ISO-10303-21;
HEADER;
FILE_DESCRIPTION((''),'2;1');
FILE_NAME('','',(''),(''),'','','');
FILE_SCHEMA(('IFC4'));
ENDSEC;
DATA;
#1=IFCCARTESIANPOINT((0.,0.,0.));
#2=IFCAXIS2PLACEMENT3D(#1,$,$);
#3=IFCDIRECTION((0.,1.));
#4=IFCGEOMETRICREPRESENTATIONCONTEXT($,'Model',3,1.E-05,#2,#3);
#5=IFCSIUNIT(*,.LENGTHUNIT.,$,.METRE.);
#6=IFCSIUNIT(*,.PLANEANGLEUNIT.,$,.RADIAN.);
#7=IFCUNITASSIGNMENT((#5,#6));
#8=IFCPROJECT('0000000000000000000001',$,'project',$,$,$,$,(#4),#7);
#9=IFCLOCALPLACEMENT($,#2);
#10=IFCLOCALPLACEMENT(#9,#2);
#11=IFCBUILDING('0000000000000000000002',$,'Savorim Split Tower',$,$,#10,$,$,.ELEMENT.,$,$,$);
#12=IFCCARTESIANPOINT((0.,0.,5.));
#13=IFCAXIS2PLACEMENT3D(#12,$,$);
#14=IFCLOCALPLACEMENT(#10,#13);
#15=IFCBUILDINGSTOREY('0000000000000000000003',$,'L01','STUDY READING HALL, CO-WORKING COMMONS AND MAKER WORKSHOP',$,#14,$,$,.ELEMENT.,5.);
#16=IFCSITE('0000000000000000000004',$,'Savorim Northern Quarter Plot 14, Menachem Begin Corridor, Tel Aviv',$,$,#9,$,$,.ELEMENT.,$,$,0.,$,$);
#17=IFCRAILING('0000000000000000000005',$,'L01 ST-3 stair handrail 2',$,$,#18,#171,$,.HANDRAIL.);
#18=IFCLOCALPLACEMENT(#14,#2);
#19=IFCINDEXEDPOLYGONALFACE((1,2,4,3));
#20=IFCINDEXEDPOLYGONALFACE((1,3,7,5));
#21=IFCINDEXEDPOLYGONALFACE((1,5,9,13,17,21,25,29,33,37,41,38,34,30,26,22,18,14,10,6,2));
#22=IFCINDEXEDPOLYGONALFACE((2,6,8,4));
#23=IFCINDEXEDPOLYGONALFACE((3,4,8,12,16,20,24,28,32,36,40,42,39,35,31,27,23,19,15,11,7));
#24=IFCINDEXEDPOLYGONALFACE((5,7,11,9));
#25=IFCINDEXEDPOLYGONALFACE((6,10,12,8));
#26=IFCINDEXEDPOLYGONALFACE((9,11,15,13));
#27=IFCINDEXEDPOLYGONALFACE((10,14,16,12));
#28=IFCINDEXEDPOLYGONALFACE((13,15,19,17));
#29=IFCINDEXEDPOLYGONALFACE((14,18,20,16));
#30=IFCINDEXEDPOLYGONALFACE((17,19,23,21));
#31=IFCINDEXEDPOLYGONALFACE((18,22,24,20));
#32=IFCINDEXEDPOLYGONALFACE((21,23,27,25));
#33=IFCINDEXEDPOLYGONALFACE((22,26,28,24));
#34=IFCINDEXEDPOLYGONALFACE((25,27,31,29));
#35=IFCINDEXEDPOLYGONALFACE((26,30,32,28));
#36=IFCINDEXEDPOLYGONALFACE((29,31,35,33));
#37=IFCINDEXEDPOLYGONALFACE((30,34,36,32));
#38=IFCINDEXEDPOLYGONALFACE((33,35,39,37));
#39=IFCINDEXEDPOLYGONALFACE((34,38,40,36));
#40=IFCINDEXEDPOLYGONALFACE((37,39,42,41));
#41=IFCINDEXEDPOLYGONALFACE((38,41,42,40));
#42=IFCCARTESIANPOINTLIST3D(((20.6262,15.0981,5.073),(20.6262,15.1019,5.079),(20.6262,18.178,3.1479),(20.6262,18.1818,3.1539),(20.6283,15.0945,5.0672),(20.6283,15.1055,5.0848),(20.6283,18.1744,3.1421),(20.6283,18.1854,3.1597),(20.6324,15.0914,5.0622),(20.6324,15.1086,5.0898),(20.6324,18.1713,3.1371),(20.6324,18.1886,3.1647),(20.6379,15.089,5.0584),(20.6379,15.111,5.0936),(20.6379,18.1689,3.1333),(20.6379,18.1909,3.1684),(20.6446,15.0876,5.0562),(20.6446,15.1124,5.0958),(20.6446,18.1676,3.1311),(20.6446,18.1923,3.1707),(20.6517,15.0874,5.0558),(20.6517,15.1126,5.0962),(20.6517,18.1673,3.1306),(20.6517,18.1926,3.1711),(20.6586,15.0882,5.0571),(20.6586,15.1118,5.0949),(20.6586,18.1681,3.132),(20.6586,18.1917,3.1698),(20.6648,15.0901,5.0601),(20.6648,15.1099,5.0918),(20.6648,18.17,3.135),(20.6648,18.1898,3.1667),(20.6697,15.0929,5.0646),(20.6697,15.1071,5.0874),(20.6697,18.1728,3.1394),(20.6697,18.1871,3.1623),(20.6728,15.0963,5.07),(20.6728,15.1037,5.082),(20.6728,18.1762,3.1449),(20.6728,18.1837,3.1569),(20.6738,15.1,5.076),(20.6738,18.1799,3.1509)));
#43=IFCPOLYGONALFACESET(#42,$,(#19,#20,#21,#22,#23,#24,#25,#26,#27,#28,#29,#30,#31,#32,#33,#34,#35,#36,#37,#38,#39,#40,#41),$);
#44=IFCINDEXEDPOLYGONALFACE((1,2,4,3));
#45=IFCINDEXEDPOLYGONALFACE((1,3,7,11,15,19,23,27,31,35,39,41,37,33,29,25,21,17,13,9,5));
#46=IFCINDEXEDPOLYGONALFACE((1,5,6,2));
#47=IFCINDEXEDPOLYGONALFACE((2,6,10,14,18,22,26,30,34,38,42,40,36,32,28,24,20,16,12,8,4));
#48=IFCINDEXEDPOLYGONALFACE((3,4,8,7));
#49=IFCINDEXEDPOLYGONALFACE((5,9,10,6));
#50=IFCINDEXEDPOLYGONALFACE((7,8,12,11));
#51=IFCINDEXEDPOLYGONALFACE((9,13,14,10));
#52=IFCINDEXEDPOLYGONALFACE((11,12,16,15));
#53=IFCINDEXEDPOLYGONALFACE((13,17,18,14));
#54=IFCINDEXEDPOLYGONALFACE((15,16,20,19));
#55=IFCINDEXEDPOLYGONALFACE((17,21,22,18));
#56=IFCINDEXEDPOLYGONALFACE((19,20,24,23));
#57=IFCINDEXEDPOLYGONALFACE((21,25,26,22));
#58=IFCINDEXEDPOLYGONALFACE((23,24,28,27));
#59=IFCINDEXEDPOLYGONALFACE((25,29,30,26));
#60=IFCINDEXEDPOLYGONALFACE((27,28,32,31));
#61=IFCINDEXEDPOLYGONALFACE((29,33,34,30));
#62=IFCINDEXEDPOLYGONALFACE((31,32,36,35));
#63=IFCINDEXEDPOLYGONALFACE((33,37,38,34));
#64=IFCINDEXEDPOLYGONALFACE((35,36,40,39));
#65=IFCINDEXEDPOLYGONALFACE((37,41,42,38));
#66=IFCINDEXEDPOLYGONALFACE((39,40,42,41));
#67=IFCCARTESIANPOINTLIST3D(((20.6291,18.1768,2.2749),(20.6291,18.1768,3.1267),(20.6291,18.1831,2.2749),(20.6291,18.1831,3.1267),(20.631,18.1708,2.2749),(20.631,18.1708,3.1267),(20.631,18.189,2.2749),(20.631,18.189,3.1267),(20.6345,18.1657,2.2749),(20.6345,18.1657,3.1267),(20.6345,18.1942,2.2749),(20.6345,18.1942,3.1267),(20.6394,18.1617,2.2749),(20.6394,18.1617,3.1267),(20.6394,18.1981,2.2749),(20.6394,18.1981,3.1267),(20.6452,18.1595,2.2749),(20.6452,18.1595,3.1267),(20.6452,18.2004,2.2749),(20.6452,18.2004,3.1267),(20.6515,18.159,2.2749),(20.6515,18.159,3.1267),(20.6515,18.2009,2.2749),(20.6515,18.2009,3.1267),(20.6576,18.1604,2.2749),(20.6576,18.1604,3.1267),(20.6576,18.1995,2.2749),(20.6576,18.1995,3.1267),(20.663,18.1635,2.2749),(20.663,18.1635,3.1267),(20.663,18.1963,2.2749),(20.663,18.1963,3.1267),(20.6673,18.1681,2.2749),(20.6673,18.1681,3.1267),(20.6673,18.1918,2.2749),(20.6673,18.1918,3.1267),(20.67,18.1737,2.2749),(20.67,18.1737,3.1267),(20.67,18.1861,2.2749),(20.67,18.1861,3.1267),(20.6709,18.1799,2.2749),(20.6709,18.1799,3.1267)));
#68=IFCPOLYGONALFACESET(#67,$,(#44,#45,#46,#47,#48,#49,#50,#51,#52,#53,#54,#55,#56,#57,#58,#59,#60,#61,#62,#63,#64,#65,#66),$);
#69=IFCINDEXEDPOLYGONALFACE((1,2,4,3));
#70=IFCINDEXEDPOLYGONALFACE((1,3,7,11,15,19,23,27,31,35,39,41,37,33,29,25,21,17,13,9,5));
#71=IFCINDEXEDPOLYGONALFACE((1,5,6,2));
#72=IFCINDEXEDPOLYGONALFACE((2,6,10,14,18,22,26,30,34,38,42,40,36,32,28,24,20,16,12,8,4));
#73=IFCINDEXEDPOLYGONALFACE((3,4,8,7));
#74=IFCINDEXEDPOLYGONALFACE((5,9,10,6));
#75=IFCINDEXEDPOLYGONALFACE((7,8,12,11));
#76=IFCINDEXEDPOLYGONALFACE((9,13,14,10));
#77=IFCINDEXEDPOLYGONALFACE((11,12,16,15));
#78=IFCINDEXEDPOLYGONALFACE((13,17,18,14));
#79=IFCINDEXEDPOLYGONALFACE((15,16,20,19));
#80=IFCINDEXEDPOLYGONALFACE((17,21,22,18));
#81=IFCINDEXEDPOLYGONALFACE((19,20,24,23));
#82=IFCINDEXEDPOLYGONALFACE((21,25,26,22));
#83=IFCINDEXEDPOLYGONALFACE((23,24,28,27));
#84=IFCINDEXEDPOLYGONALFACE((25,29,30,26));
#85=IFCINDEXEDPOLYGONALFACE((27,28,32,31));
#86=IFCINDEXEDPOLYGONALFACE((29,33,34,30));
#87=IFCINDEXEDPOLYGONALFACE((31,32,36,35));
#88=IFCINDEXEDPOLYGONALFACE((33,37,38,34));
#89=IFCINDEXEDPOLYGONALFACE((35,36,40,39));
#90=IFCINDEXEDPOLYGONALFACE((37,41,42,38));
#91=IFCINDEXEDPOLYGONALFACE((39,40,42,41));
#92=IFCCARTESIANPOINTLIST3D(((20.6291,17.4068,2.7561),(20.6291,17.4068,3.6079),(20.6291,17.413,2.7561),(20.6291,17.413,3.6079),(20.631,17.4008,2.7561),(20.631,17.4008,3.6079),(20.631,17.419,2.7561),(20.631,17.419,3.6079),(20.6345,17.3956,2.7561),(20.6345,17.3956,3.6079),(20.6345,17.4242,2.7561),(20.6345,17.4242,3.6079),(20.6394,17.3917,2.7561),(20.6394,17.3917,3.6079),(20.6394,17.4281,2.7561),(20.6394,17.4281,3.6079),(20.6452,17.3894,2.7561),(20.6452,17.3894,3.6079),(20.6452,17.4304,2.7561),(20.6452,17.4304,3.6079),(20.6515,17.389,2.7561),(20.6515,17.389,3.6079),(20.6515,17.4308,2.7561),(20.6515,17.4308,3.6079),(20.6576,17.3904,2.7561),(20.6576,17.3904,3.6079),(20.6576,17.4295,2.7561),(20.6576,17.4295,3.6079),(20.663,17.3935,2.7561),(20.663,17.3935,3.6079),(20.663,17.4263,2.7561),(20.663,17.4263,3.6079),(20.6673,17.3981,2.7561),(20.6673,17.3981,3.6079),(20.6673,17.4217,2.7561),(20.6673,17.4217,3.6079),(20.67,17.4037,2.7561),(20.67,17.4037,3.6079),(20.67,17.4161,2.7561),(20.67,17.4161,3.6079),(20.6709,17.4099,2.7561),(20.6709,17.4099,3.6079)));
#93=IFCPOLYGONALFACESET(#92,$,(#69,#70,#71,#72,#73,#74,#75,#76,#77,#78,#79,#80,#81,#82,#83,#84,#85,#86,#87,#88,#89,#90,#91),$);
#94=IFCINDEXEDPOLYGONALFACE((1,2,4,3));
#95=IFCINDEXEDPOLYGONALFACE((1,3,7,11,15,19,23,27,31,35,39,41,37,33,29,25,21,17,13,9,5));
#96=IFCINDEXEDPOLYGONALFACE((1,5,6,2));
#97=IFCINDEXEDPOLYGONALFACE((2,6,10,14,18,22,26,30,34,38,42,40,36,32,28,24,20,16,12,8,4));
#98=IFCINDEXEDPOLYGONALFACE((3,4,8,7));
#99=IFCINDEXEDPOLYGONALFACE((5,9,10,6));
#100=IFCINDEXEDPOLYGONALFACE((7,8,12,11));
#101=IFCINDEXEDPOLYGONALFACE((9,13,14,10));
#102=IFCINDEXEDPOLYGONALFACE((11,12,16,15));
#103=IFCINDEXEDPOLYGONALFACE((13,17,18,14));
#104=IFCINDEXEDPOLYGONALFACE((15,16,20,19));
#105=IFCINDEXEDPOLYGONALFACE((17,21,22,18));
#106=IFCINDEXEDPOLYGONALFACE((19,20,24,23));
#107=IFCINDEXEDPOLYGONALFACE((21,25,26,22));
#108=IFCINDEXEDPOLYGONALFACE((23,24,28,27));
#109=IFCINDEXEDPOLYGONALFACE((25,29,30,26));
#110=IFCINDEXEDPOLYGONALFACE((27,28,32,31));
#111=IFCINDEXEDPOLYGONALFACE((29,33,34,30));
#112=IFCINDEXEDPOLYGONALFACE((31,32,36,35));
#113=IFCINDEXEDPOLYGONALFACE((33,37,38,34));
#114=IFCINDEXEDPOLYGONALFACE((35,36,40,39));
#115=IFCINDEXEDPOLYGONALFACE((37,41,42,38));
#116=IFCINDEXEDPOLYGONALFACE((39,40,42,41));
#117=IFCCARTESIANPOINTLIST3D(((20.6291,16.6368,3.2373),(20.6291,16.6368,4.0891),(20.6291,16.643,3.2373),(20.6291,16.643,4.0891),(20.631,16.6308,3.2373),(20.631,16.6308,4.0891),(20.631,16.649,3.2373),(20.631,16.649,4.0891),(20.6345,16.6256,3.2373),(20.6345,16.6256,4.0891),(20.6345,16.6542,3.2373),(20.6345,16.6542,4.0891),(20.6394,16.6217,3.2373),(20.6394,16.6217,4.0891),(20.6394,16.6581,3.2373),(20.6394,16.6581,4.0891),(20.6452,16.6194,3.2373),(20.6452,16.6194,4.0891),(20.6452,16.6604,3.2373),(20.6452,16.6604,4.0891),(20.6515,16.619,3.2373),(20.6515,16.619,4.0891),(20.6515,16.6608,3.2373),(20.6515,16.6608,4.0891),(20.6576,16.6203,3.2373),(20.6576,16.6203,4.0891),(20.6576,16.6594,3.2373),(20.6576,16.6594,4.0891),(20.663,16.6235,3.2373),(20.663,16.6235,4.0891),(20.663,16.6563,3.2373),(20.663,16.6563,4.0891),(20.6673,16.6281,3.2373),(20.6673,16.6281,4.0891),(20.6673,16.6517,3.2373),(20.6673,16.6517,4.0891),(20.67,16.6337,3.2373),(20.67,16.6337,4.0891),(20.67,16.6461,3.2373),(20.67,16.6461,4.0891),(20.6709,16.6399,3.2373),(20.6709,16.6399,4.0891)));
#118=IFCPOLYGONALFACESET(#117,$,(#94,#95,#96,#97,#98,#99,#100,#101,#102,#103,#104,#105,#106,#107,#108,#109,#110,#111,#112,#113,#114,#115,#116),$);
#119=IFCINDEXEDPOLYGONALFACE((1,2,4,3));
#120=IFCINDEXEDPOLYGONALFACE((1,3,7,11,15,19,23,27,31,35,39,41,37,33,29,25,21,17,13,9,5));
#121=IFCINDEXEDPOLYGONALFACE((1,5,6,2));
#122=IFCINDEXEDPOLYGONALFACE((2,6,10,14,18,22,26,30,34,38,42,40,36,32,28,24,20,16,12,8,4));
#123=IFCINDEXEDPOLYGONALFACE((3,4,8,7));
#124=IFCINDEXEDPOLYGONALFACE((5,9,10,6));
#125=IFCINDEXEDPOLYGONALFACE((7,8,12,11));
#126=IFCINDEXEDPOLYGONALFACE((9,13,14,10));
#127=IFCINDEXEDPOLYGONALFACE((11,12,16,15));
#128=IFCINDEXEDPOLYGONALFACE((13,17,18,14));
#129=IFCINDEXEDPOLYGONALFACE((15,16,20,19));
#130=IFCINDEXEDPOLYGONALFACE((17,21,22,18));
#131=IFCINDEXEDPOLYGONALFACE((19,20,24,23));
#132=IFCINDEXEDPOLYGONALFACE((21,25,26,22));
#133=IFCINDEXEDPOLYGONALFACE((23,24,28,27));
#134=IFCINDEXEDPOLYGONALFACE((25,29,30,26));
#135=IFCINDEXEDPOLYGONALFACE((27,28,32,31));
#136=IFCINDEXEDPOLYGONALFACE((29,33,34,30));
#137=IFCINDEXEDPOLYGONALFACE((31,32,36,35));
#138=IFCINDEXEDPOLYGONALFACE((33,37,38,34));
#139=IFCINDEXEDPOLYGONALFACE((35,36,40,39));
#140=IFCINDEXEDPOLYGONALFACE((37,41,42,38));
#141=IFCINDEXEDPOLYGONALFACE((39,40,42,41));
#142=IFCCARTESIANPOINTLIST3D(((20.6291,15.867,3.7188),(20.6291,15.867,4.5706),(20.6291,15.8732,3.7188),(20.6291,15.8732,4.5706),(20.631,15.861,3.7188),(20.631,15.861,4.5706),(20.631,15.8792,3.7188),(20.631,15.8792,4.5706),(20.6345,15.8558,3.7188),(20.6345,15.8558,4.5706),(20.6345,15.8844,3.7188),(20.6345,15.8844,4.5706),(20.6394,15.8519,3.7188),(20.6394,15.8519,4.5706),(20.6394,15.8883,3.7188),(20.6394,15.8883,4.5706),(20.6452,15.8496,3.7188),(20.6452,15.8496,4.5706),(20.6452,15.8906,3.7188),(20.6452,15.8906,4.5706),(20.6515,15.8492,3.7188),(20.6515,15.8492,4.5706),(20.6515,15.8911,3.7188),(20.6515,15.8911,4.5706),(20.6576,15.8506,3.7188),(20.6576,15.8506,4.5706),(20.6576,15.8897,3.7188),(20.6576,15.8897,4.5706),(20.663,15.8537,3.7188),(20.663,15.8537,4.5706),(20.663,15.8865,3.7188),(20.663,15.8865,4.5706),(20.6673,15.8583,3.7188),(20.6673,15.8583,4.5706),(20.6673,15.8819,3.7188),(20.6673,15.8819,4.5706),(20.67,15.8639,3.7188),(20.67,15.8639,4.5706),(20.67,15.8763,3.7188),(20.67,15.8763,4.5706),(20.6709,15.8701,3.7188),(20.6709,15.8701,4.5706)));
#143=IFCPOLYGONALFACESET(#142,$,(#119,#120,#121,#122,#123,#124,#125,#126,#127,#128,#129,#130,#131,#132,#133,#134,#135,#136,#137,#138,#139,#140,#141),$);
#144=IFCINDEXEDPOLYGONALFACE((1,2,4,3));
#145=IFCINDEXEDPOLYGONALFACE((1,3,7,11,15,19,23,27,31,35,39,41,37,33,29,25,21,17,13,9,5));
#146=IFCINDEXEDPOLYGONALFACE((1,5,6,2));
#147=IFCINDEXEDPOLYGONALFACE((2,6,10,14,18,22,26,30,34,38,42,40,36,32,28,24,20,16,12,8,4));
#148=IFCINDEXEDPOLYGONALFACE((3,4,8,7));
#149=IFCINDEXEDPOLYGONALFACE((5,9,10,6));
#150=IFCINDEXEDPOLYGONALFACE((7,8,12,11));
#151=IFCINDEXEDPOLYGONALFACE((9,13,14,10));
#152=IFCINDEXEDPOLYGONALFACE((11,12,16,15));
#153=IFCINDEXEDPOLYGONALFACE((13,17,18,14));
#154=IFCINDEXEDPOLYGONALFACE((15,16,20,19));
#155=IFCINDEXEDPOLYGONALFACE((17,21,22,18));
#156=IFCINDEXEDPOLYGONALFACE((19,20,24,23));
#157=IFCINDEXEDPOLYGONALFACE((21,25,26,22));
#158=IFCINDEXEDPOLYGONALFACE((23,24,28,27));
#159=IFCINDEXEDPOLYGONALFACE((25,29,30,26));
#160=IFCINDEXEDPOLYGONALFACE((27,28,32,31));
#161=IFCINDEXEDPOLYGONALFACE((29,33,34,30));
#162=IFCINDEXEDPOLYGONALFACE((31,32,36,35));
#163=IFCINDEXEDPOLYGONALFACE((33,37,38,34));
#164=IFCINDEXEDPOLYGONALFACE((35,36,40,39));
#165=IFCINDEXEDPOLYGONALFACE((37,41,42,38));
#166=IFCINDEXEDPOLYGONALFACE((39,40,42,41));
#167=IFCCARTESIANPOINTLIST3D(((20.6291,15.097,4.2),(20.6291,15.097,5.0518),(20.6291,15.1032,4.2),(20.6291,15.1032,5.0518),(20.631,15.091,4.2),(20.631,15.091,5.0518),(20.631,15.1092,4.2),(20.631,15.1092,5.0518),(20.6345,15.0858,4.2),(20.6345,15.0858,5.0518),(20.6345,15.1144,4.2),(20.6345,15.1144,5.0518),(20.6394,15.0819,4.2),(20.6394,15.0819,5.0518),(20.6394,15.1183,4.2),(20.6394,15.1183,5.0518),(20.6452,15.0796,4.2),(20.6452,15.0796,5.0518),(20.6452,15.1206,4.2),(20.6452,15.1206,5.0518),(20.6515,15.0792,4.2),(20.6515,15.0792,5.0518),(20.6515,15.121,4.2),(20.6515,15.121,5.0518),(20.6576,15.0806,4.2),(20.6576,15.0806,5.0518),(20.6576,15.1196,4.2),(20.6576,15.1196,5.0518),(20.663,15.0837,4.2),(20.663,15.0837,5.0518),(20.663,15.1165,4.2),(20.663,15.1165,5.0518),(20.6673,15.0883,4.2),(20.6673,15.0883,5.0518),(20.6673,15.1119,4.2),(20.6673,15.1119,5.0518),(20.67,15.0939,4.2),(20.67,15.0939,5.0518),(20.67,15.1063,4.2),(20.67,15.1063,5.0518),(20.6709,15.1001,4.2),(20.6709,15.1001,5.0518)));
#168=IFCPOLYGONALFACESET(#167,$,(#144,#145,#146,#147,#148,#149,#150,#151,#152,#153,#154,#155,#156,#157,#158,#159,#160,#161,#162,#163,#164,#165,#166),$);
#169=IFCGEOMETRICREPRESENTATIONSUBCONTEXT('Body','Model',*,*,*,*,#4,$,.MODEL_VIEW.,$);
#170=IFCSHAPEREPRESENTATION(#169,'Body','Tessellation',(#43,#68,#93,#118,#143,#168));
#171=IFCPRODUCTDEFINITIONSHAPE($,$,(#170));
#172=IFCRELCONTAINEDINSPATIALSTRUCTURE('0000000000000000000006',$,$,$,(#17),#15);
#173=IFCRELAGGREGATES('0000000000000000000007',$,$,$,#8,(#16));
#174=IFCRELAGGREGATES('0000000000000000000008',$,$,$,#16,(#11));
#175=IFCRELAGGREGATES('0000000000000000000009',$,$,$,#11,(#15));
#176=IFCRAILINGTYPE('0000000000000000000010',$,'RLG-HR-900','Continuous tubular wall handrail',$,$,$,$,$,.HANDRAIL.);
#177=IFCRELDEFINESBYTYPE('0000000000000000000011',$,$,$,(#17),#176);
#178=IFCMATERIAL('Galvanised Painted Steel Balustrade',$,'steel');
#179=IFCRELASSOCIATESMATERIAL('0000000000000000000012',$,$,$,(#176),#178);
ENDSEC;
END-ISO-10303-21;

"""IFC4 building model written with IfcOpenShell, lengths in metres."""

from ifc_helpers import new_model, si_unit, direction, frame, origin, origin_2d, place, context, subcontext, project, spatial, circle, extrude, material, type_object, element, save


model = new_model("IFC4")

# Units and contexts
model_context = context("Model", 3, precision=1e-05, world=origin(), true_north=direction((0.0, 1.0)))
body_context = subcontext(model_context, "Body", "Model", "MODEL_VIEW")
ifc_project = project(units=[si_unit("LENGTHUNIT", "METRE"), si_unit("PLANEANGLEUNIT", "RADIAN")], contexts=[model_context])

# Site, building, storey
site_placement = place(None, origin())
site = spatial("IfcSite", under=ifc_project, at=site_placement, Name="Savorim Northern Quarter Plot 14, Menachem Begin Corridor, Tel Aviv", CompositionType="ELEMENT", RefElevation=0.0)
building_placement = place(site_placement, origin())
building = spatial("IfcBuilding", under=site, at=building_placement, Name="Savorim Split Tower", CompositionType="ELEMENT")
storey_placement = place(building_placement, frame((0.0, 0.0, 5.0)))
storey = spatial("IfcBuildingStorey", under=building, at=storey_placement, Name="L01", Description="STUDY READING HALL, CO-WORKING COMMONS AND MAKER WORKSHOP", CompositionType="ELEMENT", Elevation=5.0)

# Railing
ifc_material_1 = material(Name="Galvanised Painted Steel Balustrade", Category="steel")
railing_type_1 = type_object("IfcRailingType", Name="RLG-HR-900", Description="Continuous tubular wall handrail", PredefinedType="HANDRAIL", material=ifc_material_1)
railing_1_placement = place(storey_placement, frame((20.6499, 18.1799, 2.2749)))
element("IfcRailing", 1, at=railing_1_placement, inside=storey, type_object=railing_type_1, Name="L01 ST-3 stair handrail 2", PredefinedType="HANDRAIL", context=body_context, shape_type="SweptSolid", body=[
    extrude(circle(Radius=0.0239, at=origin_2d()), frame((0.0, 0.0, 0.876), z_axis=(0.0, -0.847979, 0.530029), x_axis=(1.0, 0.0, 0.0)), (0.0, 0.0, 1.0), 3.6321),
    extrude(circle(Radius=0.021, at=origin_2d()), origin(), (0.0, 0.0, 1.0), 0.8518),
    extrude(circle(Radius=0.021, at=origin_2d()), frame((0.0, -0.77, 0.4812)), (0.0, 0.0, 1.0), 0.8518),
    extrude(circle(Radius=0.021, at=origin_2d()), frame((0.0, -1.54, 0.9624)), (0.0, 0.0, 1.0), 0.8518),
    extrude(circle(Radius=0.021, at=origin_2d()), frame((0.0, -2.3098, 1.4438)), (0.0, 0.0, 1.0), 0.8518),
    extrude(circle(Radius=0.021, at=origin_2d()), frame((0.0, -3.0798, 1.925)), (0.0, 0.0, 1.0), 0.8518),
])

save(model, "model.ifc")
